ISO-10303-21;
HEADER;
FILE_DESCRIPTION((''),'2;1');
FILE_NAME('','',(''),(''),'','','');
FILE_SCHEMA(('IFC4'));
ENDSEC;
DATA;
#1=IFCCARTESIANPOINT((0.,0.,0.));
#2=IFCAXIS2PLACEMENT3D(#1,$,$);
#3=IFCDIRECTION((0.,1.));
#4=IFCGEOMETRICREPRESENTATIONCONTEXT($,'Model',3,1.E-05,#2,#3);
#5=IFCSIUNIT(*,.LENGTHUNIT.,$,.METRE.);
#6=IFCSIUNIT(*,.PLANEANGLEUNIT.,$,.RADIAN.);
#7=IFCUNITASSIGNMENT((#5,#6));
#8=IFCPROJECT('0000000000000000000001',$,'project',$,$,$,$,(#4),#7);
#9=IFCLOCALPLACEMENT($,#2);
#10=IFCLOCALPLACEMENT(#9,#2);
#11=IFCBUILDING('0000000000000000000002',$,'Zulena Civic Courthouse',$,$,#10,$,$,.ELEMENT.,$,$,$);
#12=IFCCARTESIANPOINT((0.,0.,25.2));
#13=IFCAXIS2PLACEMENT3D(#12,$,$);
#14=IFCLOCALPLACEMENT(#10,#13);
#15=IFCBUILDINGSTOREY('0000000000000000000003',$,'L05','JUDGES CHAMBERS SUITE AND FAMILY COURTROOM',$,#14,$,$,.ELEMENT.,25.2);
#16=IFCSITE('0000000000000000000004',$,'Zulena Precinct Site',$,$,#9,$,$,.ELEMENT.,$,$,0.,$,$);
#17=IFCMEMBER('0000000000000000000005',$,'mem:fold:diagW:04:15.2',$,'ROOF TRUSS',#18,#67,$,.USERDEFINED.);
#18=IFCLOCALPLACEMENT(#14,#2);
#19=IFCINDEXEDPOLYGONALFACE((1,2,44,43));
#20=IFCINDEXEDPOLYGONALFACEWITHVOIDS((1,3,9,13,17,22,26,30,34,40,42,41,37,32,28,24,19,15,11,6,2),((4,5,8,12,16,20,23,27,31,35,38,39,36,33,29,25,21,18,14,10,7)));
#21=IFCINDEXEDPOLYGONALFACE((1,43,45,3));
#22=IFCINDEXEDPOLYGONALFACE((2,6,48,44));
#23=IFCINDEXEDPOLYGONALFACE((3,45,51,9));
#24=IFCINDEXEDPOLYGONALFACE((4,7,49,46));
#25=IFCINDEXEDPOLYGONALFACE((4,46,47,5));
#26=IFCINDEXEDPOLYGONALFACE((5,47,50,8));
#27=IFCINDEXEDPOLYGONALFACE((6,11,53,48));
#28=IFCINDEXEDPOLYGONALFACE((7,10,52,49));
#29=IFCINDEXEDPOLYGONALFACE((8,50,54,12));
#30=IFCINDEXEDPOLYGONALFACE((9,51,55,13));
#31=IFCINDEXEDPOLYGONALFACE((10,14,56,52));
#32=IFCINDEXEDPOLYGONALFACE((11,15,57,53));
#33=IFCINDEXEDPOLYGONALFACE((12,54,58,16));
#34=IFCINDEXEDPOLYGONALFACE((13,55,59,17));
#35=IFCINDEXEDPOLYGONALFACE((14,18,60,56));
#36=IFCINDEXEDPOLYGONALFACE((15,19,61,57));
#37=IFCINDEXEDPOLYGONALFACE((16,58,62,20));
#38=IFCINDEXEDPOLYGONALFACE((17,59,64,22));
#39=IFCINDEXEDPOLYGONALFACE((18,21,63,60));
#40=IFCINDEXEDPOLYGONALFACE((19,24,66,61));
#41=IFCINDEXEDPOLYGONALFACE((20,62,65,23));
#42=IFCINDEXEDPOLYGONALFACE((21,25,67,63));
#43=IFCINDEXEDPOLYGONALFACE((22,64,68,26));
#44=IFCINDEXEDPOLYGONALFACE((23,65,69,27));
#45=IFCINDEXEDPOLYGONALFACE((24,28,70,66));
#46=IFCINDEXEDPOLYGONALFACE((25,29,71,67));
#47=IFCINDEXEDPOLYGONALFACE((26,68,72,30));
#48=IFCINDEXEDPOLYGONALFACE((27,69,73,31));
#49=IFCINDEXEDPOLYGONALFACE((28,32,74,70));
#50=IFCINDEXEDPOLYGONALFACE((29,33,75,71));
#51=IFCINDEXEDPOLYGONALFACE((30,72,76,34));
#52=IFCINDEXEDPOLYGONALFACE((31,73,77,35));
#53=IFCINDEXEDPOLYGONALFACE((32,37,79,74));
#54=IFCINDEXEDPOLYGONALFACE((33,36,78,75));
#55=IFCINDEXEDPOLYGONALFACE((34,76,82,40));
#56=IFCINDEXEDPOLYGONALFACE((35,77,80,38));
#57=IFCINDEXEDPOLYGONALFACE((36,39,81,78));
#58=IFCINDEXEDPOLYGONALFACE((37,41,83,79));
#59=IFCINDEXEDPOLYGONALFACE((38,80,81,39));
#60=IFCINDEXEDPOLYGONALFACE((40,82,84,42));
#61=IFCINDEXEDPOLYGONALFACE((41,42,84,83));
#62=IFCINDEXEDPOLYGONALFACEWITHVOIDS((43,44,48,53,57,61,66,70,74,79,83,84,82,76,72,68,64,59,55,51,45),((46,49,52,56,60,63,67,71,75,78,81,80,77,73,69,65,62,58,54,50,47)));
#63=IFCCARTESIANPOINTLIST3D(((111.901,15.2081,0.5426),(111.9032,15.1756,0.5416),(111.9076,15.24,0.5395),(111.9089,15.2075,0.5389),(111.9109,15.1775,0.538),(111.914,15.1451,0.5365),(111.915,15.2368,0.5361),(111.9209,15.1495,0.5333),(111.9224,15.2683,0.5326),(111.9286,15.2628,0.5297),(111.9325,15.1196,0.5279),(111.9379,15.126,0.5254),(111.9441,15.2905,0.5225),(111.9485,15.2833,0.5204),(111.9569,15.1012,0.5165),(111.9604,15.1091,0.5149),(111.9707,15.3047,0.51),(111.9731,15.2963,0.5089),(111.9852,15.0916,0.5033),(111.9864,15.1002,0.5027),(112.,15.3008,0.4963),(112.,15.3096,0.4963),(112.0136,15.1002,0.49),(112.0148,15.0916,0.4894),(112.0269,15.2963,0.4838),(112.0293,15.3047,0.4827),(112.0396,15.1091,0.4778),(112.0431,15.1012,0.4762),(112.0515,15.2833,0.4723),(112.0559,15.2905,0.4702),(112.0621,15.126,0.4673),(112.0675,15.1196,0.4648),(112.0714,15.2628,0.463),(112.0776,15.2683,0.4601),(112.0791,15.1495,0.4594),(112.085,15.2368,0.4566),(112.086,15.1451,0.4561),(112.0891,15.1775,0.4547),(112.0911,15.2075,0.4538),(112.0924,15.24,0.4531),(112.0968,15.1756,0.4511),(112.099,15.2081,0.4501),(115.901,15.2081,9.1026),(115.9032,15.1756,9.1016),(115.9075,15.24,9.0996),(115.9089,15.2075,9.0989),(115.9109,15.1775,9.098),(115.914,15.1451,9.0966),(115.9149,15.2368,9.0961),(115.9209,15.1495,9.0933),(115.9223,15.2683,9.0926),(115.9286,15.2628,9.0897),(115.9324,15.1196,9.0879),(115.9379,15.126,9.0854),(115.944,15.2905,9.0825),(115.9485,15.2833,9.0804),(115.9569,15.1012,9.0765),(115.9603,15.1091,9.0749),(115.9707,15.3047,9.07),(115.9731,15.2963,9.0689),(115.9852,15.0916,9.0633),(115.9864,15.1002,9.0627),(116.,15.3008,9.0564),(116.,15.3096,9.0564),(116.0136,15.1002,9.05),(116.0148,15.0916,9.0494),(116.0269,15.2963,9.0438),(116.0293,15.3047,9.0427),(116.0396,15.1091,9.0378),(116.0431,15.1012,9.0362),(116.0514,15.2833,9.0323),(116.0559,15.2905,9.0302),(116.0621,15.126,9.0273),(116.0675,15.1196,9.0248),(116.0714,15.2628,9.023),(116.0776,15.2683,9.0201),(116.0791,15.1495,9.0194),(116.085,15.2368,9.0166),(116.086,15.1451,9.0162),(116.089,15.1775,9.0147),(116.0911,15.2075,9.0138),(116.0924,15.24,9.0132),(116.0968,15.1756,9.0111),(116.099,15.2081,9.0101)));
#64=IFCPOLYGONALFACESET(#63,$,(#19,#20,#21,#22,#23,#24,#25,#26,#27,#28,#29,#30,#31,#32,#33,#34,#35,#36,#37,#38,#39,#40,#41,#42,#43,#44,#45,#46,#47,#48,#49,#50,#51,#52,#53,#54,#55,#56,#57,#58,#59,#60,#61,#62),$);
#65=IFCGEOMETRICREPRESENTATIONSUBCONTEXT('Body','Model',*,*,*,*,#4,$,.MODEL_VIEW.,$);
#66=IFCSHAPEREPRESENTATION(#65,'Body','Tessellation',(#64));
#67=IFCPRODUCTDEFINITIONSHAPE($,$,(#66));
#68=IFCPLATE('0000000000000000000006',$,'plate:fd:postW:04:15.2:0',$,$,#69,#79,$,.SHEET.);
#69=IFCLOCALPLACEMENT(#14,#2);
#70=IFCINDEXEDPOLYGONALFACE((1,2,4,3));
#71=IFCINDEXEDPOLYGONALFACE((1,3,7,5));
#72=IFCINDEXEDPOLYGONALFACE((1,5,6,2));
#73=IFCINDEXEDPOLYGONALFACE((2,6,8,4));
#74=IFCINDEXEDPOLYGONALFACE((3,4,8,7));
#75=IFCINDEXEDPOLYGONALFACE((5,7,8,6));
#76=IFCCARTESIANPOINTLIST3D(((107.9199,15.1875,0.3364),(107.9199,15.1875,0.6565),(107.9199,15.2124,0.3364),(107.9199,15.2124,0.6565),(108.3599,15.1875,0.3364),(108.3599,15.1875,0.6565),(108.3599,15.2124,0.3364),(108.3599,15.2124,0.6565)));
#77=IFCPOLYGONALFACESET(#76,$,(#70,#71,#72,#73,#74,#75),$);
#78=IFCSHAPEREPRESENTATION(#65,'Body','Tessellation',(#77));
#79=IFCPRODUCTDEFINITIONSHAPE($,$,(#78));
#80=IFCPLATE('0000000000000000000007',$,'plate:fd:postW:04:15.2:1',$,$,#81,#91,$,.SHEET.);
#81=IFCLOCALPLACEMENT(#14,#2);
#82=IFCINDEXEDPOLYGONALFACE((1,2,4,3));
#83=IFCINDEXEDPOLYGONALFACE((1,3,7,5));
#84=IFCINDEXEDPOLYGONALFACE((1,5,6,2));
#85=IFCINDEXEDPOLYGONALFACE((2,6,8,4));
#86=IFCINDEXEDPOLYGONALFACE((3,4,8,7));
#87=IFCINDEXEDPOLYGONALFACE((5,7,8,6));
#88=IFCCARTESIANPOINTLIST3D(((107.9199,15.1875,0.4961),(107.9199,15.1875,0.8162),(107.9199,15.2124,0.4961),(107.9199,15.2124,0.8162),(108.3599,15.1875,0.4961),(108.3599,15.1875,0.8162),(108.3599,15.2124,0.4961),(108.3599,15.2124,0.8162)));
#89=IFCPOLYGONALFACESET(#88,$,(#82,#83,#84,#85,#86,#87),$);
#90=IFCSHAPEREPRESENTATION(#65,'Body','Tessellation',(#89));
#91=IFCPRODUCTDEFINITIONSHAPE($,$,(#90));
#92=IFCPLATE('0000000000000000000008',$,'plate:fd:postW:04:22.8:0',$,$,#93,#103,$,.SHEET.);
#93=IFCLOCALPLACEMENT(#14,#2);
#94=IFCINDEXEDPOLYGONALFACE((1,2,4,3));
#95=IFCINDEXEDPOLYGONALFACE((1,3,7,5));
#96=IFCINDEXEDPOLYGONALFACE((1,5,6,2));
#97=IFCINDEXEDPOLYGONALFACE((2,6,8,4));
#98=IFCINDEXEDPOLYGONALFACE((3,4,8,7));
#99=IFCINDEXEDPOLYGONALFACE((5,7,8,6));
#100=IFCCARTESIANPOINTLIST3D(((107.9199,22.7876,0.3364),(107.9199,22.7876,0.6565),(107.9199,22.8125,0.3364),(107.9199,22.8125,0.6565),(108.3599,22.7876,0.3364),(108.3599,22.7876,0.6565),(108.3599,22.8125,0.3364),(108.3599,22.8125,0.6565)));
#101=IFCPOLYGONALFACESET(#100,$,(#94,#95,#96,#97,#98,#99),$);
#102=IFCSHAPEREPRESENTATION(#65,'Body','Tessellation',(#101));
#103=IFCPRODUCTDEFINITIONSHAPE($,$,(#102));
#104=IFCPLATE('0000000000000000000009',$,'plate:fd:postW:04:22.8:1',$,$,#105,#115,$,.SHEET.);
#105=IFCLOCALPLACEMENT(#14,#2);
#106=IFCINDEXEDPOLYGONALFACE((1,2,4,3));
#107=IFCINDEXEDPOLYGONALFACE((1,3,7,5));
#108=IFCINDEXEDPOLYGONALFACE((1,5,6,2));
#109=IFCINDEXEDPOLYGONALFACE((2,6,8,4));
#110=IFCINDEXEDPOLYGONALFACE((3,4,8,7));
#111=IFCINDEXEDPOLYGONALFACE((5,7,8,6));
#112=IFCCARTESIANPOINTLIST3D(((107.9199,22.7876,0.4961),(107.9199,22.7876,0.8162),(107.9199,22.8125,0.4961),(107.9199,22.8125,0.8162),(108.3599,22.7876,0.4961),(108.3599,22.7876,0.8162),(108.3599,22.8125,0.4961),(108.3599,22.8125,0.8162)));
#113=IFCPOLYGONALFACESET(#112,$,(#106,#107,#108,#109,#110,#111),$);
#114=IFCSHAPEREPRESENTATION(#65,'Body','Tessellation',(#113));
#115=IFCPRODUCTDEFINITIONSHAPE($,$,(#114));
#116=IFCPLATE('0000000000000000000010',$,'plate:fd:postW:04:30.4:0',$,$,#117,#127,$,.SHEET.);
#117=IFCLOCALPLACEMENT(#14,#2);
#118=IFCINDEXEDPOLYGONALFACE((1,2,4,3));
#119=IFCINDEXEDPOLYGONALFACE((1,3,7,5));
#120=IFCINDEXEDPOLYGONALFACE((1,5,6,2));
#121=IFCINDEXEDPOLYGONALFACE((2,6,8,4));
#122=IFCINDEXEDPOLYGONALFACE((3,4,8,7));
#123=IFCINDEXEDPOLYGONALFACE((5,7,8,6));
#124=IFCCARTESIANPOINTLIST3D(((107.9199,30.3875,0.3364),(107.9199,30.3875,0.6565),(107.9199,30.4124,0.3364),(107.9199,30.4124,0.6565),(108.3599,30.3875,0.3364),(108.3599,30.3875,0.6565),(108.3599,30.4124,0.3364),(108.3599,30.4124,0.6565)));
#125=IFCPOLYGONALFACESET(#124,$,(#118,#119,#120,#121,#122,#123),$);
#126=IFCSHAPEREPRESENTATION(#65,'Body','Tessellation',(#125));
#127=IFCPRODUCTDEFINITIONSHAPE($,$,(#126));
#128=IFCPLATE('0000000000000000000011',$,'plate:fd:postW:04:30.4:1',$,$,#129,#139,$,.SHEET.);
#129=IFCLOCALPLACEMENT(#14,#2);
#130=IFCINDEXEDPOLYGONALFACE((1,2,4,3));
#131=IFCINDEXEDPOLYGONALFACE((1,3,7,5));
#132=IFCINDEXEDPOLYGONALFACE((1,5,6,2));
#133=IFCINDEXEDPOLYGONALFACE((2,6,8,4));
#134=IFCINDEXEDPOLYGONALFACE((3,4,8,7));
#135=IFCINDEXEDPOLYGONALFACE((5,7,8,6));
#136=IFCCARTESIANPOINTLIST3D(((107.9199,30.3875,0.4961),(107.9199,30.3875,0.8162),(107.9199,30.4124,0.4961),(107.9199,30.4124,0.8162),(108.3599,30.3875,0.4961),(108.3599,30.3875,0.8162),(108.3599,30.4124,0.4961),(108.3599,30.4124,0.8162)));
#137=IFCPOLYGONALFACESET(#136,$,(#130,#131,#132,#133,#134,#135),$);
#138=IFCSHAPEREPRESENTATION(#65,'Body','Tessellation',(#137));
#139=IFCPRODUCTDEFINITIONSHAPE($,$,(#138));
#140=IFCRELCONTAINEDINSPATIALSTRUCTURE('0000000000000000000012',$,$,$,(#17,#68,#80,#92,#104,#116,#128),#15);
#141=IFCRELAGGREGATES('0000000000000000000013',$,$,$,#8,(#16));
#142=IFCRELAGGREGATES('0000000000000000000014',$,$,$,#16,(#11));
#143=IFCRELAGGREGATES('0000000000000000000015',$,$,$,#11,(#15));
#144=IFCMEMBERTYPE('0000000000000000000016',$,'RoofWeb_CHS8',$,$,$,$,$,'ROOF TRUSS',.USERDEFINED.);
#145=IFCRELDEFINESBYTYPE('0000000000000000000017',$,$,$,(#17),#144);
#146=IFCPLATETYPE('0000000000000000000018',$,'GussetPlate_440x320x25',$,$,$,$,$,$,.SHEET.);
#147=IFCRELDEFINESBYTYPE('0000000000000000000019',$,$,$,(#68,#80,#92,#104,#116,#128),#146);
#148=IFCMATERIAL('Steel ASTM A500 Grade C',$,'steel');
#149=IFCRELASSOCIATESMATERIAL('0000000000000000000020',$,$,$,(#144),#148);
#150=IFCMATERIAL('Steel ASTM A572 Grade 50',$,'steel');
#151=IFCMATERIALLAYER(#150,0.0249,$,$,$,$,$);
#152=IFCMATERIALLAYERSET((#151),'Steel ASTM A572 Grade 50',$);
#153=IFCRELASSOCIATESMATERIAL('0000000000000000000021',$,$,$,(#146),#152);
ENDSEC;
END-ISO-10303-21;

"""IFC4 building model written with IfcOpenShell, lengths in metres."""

from ifc_helpers import new_model, si_unit, direction, frame, origin, origin_2d, place, context, subcontext, project, spatial, rectangle, hollow_circle, extrude, material, layer, layer_set, material_profile, profile_set, type_object, element, save


model = new_model("IFC4")

# Units and contexts
model_context = context("Model", 3, precision=1e-05, world=origin(), true_north=direction((0.0, 1.0)))
body_context = subcontext(model_context, "Body", "Model", "MODEL_VIEW")
ifc_project = project(units=[si_unit("LENGTHUNIT", "METRE"), si_unit("PLANEANGLEUNIT", "RADIAN")], contexts=[model_context])

# Site, building, storey
site_placement = place(None, origin())
site = spatial("IfcSite", under=ifc_project, at=site_placement, Name="Zulena Precinct Site", CompositionType="ELEMENT", RefElevation=0.0)
building_placement = place(site_placement, origin())
building = spatial("IfcBuilding", under=site, at=building_placement, Name="Zulena Civic Courthouse", CompositionType="ELEMENT")
storey_placement = place(building_placement, frame((0.0, 0.0, 25.2)))
storey = spatial("IfcBuildingStorey", under=building, at=storey_placement, Name="L05", Description="JUDGES CHAMBERS SUITE AND FAMILY COURTROOM", CompositionType="ELEMENT", Elevation=25.2)

# Member
ifc_material_1 = material(Name="Steel ASTM A500 Grade C", Category="steel")
ifc_material_profile_1 = material_profile(ifc_material_1, hollow_circle(Radius=0.1096, WallThickness=0.0088, at=origin_2d()), Name="HSS8.625X0.375")
ifc_profile_set_1 = profile_set([ifc_material_profile_1], Name="Steel ASTM A500 Grade C")
member_type_1 = type_object("IfcMemberType", Name="RoofWeb_CHS8", ElementType="ROOF TRUSS", PredefinedType="USERDEFINED", material=ifc_profile_set_1)
member_placement = place(storey_placement, frame((112.0, 15.2, 0.4963), z_axis=(0.423347, 0.0, 0.905968), x_axis=(0.0, 1.0, 0.0)))
element("IfcMember", 1, at=member_placement, inside=storey, type_object=member_type_1, Name="mem:fold:diagW:04:15.2", ObjectType="ROOF TRUSS", PredefinedType="USERDEFINED", context=body_context, shape_type="SweptSolid", body=[
    extrude(hollow_circle(Radius=0.1096, WallThickness=0.0088, at=origin_2d()), origin(), (0.0, 0.0, 1.0), 9.4485),
])

# Plates
ifc_material_2 = material(Name="Steel ASTM A572 Grade 50", Category="steel")
ifc_layer = layer(ifc_material_2, 0.0249)
ifc_layer_set = layer_set([ifc_layer], Name="Steel ASTM A572 Grade 50")
plate_type = type_object("IfcPlateType", Name="GussetPlate_440x320x25", PredefinedType="SHEET", material=ifc_layer_set)
for number, where, z_axis, x_axis, name in (
    (2, (108.1399, 15.2, 0.3364), (0.0, 0.0, 1.0), (1.0, 0.0, 0.0), "plate:fd:postW:04:15.2:0"),
    (3, (108.1399, 15.2, 0.4961), (0.0, 0.0, 1.0), (1.0, 0.0, 0.0), "plate:fd:postW:04:15.2:1"),
    (4, (108.1399, 22.8, 0.3364), (0.0, 0.0, 1.0), (1.0, 0.0, 0.0), "plate:fd:postW:04:22.8:0"),
    (5, (108.1399, 22.8, 0.4961), (0.0, 0.0, 1.0), (1.0, 0.0, 0.0), "plate:fd:postW:04:22.8:1"),
    (6, (108.1399, 30.3999, 0.3364), (0.0, 0.0, 1.0), (1.0, 0.0, 0.0), "plate:fd:postW:04:30.4:0"),
    (7, (108.1399, 30.3999, 0.4961), (0.0, 0.0, 1.0), (1.0, 0.0, 0.0), "plate:fd:postW:04:30.4:1"),
):
    element("IfcPlate", number, at=place(storey_placement, frame(where, z_axis=z_axis, x_axis=x_axis)), inside=storey, type_object=plate_type, Name=name, PredefinedType="SHEET", context=body_context, shape_type="SweptSolid", body=[
        extrude(rectangle(XDim=0.4399, YDim=0.0249, at=origin_2d()), origin(), (0.0, 0.0, 1.0), 0.3201),
    ])

save(model, "model.ifc")
